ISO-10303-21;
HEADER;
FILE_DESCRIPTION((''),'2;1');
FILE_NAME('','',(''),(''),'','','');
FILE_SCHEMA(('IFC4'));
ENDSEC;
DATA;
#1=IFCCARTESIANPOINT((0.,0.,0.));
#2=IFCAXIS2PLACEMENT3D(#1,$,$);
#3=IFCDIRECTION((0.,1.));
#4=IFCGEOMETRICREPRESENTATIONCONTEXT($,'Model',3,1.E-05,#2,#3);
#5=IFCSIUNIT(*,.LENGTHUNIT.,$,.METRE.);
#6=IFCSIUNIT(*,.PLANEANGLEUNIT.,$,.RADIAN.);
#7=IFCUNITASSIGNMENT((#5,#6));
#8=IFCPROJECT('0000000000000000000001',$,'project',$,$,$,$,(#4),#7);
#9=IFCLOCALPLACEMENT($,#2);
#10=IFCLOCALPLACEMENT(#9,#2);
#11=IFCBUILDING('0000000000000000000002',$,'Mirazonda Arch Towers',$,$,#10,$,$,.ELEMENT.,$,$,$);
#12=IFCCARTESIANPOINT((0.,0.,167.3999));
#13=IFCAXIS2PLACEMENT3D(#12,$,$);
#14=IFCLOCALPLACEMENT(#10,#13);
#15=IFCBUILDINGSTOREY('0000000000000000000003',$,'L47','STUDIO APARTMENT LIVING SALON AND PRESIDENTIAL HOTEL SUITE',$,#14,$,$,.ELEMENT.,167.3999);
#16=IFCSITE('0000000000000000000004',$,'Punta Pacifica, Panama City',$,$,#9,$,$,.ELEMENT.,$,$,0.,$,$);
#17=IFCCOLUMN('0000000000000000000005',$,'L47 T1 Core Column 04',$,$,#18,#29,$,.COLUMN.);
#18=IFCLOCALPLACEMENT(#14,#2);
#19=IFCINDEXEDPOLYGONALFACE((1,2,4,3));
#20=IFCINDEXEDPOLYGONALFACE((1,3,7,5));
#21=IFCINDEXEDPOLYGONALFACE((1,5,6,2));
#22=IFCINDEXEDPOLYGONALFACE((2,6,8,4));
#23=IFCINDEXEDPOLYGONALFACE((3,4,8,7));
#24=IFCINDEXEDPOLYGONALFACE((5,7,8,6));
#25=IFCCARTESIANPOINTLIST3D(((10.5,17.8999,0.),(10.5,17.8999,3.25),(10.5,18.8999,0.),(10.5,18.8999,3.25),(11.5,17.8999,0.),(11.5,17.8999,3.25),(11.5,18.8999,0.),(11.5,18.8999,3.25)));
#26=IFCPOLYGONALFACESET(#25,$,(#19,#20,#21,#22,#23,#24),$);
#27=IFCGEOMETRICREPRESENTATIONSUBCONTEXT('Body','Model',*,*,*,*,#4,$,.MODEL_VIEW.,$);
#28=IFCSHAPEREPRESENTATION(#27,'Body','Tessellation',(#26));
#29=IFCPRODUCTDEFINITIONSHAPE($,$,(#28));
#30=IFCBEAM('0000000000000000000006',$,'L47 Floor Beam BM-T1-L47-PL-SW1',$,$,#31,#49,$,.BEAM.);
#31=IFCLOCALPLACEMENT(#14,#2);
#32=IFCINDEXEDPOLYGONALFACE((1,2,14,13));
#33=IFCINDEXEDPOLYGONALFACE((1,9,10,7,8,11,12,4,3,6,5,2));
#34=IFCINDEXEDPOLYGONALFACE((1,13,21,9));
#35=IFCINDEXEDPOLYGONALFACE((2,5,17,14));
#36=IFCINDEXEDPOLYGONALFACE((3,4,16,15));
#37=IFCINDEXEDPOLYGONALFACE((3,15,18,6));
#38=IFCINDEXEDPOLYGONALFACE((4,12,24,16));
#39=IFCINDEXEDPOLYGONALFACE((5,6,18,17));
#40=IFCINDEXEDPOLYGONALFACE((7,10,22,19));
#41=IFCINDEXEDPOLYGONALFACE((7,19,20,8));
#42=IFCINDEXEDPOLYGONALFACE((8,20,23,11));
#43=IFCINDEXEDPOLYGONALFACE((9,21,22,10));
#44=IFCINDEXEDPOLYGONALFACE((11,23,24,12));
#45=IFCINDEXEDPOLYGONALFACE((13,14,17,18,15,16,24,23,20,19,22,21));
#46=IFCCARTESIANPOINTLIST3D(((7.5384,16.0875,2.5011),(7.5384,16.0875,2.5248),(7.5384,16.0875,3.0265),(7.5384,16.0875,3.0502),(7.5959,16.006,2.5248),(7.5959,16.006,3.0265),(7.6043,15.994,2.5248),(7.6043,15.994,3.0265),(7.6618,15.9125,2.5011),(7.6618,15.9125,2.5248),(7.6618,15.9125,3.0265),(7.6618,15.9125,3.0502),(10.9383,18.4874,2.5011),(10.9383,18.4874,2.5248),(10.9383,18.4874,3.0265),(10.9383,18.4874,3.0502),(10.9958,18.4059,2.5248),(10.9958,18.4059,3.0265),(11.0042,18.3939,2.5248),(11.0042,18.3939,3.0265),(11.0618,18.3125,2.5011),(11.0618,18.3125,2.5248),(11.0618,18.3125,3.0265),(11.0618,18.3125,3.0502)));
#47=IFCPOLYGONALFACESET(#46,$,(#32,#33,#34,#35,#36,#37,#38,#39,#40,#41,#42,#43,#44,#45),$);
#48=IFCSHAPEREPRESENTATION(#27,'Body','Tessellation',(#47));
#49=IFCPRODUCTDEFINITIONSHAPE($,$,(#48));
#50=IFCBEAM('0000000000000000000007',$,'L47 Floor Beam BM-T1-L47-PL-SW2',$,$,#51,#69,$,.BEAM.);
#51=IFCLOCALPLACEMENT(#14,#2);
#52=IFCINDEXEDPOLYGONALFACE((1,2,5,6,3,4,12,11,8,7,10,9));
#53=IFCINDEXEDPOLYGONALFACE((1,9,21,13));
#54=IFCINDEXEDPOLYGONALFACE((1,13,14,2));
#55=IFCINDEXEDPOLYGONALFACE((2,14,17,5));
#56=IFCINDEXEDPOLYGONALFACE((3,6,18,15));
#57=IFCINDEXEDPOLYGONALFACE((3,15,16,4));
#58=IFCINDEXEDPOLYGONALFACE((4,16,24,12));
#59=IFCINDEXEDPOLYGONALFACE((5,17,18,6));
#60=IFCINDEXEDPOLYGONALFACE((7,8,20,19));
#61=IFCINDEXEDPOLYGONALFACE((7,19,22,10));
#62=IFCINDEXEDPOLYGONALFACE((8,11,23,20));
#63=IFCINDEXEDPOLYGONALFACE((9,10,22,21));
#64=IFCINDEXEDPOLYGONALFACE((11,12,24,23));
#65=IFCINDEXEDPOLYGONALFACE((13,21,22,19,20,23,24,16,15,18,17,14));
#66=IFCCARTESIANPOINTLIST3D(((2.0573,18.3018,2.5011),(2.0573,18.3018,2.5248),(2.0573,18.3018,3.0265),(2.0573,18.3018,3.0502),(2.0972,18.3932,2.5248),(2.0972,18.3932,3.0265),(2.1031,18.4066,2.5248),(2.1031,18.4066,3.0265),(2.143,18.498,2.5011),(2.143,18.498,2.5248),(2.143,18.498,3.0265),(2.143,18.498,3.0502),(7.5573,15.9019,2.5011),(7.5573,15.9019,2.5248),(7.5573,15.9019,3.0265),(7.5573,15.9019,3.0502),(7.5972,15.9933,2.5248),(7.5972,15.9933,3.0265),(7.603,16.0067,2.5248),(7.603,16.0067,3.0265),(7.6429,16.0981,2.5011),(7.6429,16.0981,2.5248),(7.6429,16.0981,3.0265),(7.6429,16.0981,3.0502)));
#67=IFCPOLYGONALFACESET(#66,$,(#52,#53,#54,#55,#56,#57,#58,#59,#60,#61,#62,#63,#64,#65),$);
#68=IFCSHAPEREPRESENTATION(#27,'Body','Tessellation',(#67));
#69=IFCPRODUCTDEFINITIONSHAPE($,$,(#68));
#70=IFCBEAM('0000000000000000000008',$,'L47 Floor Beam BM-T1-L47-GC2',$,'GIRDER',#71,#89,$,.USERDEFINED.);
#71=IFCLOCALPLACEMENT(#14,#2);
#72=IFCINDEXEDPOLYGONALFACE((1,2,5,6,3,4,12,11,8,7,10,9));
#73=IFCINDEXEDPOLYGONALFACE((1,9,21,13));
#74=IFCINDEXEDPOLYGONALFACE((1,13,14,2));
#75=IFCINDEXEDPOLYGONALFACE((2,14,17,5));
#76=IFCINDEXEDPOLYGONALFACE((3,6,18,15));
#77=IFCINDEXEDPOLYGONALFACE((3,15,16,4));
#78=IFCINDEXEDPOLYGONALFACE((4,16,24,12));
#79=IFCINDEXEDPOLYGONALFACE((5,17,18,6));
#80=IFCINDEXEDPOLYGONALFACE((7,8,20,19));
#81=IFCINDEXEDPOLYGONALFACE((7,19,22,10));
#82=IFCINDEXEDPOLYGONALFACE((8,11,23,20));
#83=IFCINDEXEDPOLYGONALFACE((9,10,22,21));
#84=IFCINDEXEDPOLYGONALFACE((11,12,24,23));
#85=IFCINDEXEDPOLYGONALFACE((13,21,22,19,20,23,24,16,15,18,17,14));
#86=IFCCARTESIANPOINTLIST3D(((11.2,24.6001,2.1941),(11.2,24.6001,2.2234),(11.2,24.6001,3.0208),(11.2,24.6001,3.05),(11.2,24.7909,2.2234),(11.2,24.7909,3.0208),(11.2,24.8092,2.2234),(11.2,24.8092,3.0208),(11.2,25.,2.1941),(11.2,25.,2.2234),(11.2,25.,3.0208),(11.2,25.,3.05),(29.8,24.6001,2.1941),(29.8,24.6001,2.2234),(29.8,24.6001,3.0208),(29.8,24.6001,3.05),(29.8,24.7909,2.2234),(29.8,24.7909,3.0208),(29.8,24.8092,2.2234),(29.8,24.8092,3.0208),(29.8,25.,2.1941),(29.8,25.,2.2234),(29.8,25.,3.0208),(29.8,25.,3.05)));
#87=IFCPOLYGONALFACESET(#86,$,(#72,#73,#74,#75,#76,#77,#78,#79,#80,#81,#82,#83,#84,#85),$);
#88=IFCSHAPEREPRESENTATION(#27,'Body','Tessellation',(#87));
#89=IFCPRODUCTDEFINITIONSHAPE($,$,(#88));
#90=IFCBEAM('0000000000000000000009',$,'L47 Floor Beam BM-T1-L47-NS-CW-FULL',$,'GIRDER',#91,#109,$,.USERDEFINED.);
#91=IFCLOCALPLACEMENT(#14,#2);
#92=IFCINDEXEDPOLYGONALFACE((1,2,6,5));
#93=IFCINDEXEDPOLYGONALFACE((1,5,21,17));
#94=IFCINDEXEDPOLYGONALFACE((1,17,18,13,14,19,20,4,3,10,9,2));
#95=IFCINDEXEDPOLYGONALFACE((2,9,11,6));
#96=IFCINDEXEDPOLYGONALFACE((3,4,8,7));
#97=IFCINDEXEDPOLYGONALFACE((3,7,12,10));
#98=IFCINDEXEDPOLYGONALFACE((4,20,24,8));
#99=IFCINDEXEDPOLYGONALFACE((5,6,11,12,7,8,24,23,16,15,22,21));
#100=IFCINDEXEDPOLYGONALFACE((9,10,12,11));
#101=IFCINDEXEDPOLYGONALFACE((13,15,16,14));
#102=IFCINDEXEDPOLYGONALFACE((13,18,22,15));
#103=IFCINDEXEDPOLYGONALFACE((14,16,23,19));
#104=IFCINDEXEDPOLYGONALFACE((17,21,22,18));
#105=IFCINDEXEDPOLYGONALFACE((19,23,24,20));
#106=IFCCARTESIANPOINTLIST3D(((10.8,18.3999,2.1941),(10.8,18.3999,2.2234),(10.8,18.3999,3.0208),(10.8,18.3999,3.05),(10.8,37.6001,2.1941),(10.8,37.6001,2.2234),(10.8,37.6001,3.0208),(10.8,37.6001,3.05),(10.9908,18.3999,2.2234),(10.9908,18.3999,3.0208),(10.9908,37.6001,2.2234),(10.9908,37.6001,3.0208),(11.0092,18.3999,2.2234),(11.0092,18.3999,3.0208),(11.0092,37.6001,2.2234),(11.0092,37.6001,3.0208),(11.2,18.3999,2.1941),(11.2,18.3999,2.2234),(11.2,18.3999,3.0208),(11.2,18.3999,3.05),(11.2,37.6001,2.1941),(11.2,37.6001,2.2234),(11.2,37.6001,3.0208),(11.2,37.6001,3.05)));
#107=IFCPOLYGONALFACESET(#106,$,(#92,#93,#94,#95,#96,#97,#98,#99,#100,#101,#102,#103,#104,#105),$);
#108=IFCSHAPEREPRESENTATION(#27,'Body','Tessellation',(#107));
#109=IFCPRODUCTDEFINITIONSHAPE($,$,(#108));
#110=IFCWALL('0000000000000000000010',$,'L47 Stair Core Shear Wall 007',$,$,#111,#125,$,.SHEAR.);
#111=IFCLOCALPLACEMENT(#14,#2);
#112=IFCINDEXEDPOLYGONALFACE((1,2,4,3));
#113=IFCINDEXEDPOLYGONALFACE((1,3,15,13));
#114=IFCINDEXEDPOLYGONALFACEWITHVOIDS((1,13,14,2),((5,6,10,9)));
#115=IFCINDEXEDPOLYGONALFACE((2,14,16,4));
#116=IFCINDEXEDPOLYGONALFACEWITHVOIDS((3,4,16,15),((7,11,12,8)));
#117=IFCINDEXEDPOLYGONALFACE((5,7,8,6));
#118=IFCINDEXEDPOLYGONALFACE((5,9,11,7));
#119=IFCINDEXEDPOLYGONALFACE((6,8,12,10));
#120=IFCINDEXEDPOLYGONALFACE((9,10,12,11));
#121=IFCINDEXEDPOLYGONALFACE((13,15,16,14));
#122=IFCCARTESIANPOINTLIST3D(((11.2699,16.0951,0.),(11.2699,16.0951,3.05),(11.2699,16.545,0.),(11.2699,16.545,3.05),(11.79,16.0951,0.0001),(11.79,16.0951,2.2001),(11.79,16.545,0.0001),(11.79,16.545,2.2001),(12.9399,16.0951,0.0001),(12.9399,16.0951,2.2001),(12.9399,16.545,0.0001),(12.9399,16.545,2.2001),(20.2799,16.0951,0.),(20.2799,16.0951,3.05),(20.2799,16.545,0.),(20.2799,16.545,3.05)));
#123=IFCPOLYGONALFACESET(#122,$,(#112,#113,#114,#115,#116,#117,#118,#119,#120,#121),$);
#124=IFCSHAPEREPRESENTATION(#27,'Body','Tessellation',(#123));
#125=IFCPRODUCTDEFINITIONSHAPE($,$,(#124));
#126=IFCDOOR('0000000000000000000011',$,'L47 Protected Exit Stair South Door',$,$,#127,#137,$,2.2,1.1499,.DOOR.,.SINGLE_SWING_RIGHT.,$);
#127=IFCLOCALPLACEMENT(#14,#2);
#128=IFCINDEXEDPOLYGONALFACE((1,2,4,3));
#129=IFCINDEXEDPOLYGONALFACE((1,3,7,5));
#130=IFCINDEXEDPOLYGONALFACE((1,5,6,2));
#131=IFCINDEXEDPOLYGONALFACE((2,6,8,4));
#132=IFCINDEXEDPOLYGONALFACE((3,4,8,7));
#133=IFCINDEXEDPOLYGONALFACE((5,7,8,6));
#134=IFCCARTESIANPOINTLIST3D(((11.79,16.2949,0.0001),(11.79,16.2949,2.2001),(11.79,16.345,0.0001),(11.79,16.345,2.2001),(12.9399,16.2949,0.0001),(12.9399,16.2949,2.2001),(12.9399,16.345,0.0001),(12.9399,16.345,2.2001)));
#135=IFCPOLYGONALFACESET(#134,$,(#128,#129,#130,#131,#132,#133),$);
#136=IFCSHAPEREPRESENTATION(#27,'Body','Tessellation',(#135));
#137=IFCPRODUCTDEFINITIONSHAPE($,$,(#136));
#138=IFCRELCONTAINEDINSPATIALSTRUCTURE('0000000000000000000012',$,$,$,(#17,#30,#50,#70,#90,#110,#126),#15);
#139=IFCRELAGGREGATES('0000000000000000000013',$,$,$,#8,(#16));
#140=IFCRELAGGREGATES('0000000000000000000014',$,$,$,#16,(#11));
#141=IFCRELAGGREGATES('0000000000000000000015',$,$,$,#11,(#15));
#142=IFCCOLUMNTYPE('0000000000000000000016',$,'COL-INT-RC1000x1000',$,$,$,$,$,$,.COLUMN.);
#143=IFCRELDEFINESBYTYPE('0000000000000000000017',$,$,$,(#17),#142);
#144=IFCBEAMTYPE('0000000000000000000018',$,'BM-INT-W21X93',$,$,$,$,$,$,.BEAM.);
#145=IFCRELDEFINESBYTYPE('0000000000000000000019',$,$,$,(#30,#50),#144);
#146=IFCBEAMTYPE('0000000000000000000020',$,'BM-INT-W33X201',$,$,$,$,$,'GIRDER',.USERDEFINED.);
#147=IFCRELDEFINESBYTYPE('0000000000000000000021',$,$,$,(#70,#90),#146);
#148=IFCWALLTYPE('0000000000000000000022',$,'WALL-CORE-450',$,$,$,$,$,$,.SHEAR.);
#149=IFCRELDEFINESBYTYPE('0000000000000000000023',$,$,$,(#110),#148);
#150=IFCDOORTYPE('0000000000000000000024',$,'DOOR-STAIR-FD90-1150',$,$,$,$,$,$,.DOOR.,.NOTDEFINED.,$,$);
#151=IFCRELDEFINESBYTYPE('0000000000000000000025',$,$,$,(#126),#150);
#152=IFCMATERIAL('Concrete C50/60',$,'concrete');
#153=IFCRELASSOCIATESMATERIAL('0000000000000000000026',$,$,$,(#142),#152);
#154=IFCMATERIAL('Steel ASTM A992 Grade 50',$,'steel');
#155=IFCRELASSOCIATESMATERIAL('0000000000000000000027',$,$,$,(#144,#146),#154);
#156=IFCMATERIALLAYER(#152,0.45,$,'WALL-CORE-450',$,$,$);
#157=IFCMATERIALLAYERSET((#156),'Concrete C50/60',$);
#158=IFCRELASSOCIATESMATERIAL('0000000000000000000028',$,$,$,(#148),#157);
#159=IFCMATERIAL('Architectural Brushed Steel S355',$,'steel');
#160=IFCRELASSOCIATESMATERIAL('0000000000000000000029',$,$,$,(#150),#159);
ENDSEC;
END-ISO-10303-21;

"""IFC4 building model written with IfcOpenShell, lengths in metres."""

from ifc_helpers import new_model, si_unit, direction, frame, frame_2d, origin, origin_2d, place, context, subcontext, project, spatial, rectangle, i_section, extrude, material, layer, layer_set, material_profile, profile_set, type_object, element, fill, save


model = new_model("IFC4")

# Units and contexts
model_context = context("Model", 3, precision=1e-05, world=origin(), true_north=direction((0.0, 1.0)))
body_context = subcontext(model_context, "Body", "Model", "MODEL_VIEW")
ifc_project = project(units=[si_unit("LENGTHUNIT", "METRE"), si_unit("PLANEANGLEUNIT", "RADIAN")], contexts=[model_context])

# Site, building, storey
site_placement = place(None, origin())
site = spatial("IfcSite", under=ifc_project, at=site_placement, Name="Punta Pacifica, Panama City", CompositionType="ELEMENT", RefElevation=0.0)
building_placement = place(site_placement, origin())
building = spatial("IfcBuilding", under=site, at=building_placement, Name="Mirazonda Arch Towers", CompositionType="ELEMENT")
storey_placement = place(building_placement, frame((0.0, 0.0, 167.3999)))
storey = spatial("IfcBuildingStorey", under=building, at=storey_placement, Name="L47", Description="STUDIO APARTMENT LIVING SALON AND PRESIDENTIAL HOTEL SUITE", CompositionType="ELEMENT", Elevation=167.3999)

# Column
ifc_material_1 = material(Name="Concrete C50/60", Category="concrete")
ifc_material_profile_1 = material_profile(ifc_material_1, rectangle(XDim=1.0, YDim=1.0, at=origin_2d()), Name="RC1000x1000")
ifc_profile_set_1 = profile_set([ifc_material_profile_1], Name="Concrete C50/60")
column_type = type_object("IfcColumnType", Name="COL-INT-RC1000x1000", PredefinedType="COLUMN", material=ifc_profile_set_1)
column_placement = place(storey_placement, frame((11.0, 18.3999, 0.0), z_axis=(0.0, 0.0, 1.0), x_axis=(1.0, 0.0, 0.0)))
element("IfcColumn", 1, at=column_placement, inside=storey, type_object=column_type, Name="L47 T1 Core Column 04", PredefinedType="COLUMN", context=body_context, shape_type="SweptSolid", body=[
    extrude(rectangle(XDim=1.0, YDim=1.0, at=origin_2d()), origin(), (0.0, 0.0, 1.0), 3.25),
])

# Beams
ifc_material_2 = material(Name="Steel ASTM A992 Grade 50", Category="steel")
ifc_material_profile_2 = material_profile(ifc_material_2, i_section(OverallWidth=0.2141, OverallDepth=0.5491, WebThickness=0.0146, FlangeThickness=0.0237, at=origin_2d()), Name="W21X93")
ifc_profile_set_2 = profile_set([ifc_material_profile_2], Name="Steel ASTM A992 Grade 50")
beam_type_1 = type_object("IfcBeamType", Name="BM-INT-W21X93", PredefinedType="BEAM", material=ifc_profile_set_2)
beam_1_placement = place(storey_placement, frame((7.6001, 16.0, 2.7756), z_axis=(0.816971, 0.576679, 0.0), x_axis=(-0.576679, 0.816971, 0.0)))
element("IfcBeam", 2, at=beam_1_placement, inside=storey, type_object=beam_type_1, Name="L47 Floor Beam BM-T1-L47-PL-SW1", PredefinedType="BEAM", context=body_context, shape_type="SweptSolid", body=[
    extrude(i_section(OverallWidth=0.2141, OverallDepth=0.5491, WebThickness=0.0146, FlangeThickness=0.0237, at=origin_2d()), origin(), (0.0, 0.0, 1.0), 4.1616),
])
beam_2_placement = place(storey_placement, frame((7.6001, 16.0, 2.7756), z_axis=(-0.916545, 0.399931, 0.0), x_axis=(-0.399931, -0.916545, 0.0)))
element("IfcBeam", 3, at=beam_2_placement, inside=storey, type_object=beam_type_1, Name="L47 Floor Beam BM-T1-L47-PL-SW2", PredefinedType="BEAM", context=body_context, shape_type="SweptSolid", body=[
    extrude(i_section(OverallWidth=0.2141, OverallDepth=0.5491, WebThickness=0.0146, FlangeThickness=0.0237, at=origin_2d()), origin(), (0.0, 0.0, 1.0), 6.0007),
])
ifc_material_profile_3 = material_profile(ifc_material_2, i_section(OverallWidth=0.3999, OverallDepth=0.856, WebThickness=0.0183, FlangeThickness=0.0293, at=origin_2d()), Name="W33X201")
ifc_profile_set_3 = profile_set([ifc_material_profile_3], Name="Steel ASTM A992 Grade 50")
beam_type_2 = type_object("IfcBeamType", Name="BM-INT-W33X201", ElementType="GIRDER", PredefinedType="USERDEFINED", material=ifc_profile_set_3)
beam_3_placement = place(storey_placement, frame((11.2, 24.8, 2.6221), z_axis=(1.0, 0.0, 0.0), x_axis=(0.0, 1.0, 0.0)))
element("IfcBeam", 4, at=beam_3_placement, inside=storey, type_object=beam_type_2, Name="L47 Floor Beam BM-T1-L47-GC2", ObjectType="GIRDER", PredefinedType="USERDEFINED", context=body_context, shape_type="SweptSolid", body=[
    extrude(i_section(OverallWidth=0.3999, OverallDepth=0.856, WebThickness=0.0183, FlangeThickness=0.0293, at=origin_2d()), origin(), (0.0, 0.0, 1.0), 18.6001),
])
beam_4_placement = place(storey_placement, frame((11.0, 18.3999, 2.6221), z_axis=(0.0, 1.0, 0.0), x_axis=(-1.0, 0.0, 0.0)))
element("IfcBeam", 5, at=beam_4_placement, inside=storey, type_object=beam_type_2, Name="L47 Floor Beam BM-T1-L47-NS-CW-FULL", ObjectType="GIRDER", PredefinedType="USERDEFINED", context=body_context, shape_type="SweptSolid", body=[
    extrude(i_section(OverallWidth=0.3999, OverallDepth=0.856, WebThickness=0.0183, FlangeThickness=0.0293, at=origin_2d()), origin(), (0.0, 0.0, 1.0), 19.2002),
])

# Wall, opening, door
ifc_layer_1 = layer(ifc_material_1, 0.45, Name="WALL-CORE-450")
ifc_layer_set_1 = layer_set([ifc_layer_1], Name="Concrete C50/60")
wall_type_1 = type_object("IfcWallType", Name="WALL-CORE-450", PredefinedType="SHEAR", material=ifc_layer_set_1)
wall_1_placement = place(storey_placement, frame((11.27, 16.3201, 0.0), z_axis=(0.0, 0.0, 1.0), x_axis=(1.0, 0.0, 0.0)))
wall_1 = element("IfcWall", 6, at=wall_1_placement, inside=storey, type_object=wall_type_1, Name="L47 Stair Core Shear Wall 007", PredefinedType="SHEAR", context=body_context, shape_type="SweptSolid", body=[
    extrude(rectangle(XDim=9.01, YDim=0.45, at=frame_2d((4.5049, 0.0))), origin(), (0.0, 0.0, 1.0), 3.05),
])
opening_1_placement = place(wall_1_placement, frame((0.52, 0.0, 0.0)))
opening_1 = element("IfcOpeningElement", 7, at=opening_1_placement, cuts=wall_1, PredefinedType="OPENING", context=body_context, shape_type="SweptSolid", body=[
    extrude(rectangle(XDim=1.1499, YDim=2.2, at=frame_2d((0.575, 1.1001))), frame((0.0, 0.2349, 0.0), z_axis=(0.0, -1.0, 0.0), x_axis=(1.0, 0.0, 0.0)), (0.0, 0.0, 1.0), 0.47),
])
ifc_material_3 = material(Name="Architectural Brushed Steel S355", Category="steel")
door_type_1 = type_object("IfcDoorType", Name="DOOR-STAIR-FD90-1150", OperationType="NOTDEFINED", PredefinedType="DOOR", material=ifc_material_3)
door_1_placement = place(opening_1_placement, origin())
door_1 = element("IfcDoor", 8, at=door_1_placement, inside=storey, type_object=door_type_1, Name="L47 Protected Exit Stair South Door", OperationType="SINGLE_SWING_RIGHT", OverallHeight=2.2, OverallWidth=1.1499, PredefinedType="DOOR", context=body_context, shape_type="SweptSolid", body=[
    extrude(rectangle(XDim=1.1499, YDim=2.2, at=frame_2d((0.575, 1.1001))), frame((0.0, 0.0249, 0.0), z_axis=(0.0, -1.0, 0.0), x_axis=(1.0, 0.0, 0.0)), (0.0, 0.0, 1.0), 0.05),
])
fill(opening_1, door_1)

save(model, "model.ifc")
